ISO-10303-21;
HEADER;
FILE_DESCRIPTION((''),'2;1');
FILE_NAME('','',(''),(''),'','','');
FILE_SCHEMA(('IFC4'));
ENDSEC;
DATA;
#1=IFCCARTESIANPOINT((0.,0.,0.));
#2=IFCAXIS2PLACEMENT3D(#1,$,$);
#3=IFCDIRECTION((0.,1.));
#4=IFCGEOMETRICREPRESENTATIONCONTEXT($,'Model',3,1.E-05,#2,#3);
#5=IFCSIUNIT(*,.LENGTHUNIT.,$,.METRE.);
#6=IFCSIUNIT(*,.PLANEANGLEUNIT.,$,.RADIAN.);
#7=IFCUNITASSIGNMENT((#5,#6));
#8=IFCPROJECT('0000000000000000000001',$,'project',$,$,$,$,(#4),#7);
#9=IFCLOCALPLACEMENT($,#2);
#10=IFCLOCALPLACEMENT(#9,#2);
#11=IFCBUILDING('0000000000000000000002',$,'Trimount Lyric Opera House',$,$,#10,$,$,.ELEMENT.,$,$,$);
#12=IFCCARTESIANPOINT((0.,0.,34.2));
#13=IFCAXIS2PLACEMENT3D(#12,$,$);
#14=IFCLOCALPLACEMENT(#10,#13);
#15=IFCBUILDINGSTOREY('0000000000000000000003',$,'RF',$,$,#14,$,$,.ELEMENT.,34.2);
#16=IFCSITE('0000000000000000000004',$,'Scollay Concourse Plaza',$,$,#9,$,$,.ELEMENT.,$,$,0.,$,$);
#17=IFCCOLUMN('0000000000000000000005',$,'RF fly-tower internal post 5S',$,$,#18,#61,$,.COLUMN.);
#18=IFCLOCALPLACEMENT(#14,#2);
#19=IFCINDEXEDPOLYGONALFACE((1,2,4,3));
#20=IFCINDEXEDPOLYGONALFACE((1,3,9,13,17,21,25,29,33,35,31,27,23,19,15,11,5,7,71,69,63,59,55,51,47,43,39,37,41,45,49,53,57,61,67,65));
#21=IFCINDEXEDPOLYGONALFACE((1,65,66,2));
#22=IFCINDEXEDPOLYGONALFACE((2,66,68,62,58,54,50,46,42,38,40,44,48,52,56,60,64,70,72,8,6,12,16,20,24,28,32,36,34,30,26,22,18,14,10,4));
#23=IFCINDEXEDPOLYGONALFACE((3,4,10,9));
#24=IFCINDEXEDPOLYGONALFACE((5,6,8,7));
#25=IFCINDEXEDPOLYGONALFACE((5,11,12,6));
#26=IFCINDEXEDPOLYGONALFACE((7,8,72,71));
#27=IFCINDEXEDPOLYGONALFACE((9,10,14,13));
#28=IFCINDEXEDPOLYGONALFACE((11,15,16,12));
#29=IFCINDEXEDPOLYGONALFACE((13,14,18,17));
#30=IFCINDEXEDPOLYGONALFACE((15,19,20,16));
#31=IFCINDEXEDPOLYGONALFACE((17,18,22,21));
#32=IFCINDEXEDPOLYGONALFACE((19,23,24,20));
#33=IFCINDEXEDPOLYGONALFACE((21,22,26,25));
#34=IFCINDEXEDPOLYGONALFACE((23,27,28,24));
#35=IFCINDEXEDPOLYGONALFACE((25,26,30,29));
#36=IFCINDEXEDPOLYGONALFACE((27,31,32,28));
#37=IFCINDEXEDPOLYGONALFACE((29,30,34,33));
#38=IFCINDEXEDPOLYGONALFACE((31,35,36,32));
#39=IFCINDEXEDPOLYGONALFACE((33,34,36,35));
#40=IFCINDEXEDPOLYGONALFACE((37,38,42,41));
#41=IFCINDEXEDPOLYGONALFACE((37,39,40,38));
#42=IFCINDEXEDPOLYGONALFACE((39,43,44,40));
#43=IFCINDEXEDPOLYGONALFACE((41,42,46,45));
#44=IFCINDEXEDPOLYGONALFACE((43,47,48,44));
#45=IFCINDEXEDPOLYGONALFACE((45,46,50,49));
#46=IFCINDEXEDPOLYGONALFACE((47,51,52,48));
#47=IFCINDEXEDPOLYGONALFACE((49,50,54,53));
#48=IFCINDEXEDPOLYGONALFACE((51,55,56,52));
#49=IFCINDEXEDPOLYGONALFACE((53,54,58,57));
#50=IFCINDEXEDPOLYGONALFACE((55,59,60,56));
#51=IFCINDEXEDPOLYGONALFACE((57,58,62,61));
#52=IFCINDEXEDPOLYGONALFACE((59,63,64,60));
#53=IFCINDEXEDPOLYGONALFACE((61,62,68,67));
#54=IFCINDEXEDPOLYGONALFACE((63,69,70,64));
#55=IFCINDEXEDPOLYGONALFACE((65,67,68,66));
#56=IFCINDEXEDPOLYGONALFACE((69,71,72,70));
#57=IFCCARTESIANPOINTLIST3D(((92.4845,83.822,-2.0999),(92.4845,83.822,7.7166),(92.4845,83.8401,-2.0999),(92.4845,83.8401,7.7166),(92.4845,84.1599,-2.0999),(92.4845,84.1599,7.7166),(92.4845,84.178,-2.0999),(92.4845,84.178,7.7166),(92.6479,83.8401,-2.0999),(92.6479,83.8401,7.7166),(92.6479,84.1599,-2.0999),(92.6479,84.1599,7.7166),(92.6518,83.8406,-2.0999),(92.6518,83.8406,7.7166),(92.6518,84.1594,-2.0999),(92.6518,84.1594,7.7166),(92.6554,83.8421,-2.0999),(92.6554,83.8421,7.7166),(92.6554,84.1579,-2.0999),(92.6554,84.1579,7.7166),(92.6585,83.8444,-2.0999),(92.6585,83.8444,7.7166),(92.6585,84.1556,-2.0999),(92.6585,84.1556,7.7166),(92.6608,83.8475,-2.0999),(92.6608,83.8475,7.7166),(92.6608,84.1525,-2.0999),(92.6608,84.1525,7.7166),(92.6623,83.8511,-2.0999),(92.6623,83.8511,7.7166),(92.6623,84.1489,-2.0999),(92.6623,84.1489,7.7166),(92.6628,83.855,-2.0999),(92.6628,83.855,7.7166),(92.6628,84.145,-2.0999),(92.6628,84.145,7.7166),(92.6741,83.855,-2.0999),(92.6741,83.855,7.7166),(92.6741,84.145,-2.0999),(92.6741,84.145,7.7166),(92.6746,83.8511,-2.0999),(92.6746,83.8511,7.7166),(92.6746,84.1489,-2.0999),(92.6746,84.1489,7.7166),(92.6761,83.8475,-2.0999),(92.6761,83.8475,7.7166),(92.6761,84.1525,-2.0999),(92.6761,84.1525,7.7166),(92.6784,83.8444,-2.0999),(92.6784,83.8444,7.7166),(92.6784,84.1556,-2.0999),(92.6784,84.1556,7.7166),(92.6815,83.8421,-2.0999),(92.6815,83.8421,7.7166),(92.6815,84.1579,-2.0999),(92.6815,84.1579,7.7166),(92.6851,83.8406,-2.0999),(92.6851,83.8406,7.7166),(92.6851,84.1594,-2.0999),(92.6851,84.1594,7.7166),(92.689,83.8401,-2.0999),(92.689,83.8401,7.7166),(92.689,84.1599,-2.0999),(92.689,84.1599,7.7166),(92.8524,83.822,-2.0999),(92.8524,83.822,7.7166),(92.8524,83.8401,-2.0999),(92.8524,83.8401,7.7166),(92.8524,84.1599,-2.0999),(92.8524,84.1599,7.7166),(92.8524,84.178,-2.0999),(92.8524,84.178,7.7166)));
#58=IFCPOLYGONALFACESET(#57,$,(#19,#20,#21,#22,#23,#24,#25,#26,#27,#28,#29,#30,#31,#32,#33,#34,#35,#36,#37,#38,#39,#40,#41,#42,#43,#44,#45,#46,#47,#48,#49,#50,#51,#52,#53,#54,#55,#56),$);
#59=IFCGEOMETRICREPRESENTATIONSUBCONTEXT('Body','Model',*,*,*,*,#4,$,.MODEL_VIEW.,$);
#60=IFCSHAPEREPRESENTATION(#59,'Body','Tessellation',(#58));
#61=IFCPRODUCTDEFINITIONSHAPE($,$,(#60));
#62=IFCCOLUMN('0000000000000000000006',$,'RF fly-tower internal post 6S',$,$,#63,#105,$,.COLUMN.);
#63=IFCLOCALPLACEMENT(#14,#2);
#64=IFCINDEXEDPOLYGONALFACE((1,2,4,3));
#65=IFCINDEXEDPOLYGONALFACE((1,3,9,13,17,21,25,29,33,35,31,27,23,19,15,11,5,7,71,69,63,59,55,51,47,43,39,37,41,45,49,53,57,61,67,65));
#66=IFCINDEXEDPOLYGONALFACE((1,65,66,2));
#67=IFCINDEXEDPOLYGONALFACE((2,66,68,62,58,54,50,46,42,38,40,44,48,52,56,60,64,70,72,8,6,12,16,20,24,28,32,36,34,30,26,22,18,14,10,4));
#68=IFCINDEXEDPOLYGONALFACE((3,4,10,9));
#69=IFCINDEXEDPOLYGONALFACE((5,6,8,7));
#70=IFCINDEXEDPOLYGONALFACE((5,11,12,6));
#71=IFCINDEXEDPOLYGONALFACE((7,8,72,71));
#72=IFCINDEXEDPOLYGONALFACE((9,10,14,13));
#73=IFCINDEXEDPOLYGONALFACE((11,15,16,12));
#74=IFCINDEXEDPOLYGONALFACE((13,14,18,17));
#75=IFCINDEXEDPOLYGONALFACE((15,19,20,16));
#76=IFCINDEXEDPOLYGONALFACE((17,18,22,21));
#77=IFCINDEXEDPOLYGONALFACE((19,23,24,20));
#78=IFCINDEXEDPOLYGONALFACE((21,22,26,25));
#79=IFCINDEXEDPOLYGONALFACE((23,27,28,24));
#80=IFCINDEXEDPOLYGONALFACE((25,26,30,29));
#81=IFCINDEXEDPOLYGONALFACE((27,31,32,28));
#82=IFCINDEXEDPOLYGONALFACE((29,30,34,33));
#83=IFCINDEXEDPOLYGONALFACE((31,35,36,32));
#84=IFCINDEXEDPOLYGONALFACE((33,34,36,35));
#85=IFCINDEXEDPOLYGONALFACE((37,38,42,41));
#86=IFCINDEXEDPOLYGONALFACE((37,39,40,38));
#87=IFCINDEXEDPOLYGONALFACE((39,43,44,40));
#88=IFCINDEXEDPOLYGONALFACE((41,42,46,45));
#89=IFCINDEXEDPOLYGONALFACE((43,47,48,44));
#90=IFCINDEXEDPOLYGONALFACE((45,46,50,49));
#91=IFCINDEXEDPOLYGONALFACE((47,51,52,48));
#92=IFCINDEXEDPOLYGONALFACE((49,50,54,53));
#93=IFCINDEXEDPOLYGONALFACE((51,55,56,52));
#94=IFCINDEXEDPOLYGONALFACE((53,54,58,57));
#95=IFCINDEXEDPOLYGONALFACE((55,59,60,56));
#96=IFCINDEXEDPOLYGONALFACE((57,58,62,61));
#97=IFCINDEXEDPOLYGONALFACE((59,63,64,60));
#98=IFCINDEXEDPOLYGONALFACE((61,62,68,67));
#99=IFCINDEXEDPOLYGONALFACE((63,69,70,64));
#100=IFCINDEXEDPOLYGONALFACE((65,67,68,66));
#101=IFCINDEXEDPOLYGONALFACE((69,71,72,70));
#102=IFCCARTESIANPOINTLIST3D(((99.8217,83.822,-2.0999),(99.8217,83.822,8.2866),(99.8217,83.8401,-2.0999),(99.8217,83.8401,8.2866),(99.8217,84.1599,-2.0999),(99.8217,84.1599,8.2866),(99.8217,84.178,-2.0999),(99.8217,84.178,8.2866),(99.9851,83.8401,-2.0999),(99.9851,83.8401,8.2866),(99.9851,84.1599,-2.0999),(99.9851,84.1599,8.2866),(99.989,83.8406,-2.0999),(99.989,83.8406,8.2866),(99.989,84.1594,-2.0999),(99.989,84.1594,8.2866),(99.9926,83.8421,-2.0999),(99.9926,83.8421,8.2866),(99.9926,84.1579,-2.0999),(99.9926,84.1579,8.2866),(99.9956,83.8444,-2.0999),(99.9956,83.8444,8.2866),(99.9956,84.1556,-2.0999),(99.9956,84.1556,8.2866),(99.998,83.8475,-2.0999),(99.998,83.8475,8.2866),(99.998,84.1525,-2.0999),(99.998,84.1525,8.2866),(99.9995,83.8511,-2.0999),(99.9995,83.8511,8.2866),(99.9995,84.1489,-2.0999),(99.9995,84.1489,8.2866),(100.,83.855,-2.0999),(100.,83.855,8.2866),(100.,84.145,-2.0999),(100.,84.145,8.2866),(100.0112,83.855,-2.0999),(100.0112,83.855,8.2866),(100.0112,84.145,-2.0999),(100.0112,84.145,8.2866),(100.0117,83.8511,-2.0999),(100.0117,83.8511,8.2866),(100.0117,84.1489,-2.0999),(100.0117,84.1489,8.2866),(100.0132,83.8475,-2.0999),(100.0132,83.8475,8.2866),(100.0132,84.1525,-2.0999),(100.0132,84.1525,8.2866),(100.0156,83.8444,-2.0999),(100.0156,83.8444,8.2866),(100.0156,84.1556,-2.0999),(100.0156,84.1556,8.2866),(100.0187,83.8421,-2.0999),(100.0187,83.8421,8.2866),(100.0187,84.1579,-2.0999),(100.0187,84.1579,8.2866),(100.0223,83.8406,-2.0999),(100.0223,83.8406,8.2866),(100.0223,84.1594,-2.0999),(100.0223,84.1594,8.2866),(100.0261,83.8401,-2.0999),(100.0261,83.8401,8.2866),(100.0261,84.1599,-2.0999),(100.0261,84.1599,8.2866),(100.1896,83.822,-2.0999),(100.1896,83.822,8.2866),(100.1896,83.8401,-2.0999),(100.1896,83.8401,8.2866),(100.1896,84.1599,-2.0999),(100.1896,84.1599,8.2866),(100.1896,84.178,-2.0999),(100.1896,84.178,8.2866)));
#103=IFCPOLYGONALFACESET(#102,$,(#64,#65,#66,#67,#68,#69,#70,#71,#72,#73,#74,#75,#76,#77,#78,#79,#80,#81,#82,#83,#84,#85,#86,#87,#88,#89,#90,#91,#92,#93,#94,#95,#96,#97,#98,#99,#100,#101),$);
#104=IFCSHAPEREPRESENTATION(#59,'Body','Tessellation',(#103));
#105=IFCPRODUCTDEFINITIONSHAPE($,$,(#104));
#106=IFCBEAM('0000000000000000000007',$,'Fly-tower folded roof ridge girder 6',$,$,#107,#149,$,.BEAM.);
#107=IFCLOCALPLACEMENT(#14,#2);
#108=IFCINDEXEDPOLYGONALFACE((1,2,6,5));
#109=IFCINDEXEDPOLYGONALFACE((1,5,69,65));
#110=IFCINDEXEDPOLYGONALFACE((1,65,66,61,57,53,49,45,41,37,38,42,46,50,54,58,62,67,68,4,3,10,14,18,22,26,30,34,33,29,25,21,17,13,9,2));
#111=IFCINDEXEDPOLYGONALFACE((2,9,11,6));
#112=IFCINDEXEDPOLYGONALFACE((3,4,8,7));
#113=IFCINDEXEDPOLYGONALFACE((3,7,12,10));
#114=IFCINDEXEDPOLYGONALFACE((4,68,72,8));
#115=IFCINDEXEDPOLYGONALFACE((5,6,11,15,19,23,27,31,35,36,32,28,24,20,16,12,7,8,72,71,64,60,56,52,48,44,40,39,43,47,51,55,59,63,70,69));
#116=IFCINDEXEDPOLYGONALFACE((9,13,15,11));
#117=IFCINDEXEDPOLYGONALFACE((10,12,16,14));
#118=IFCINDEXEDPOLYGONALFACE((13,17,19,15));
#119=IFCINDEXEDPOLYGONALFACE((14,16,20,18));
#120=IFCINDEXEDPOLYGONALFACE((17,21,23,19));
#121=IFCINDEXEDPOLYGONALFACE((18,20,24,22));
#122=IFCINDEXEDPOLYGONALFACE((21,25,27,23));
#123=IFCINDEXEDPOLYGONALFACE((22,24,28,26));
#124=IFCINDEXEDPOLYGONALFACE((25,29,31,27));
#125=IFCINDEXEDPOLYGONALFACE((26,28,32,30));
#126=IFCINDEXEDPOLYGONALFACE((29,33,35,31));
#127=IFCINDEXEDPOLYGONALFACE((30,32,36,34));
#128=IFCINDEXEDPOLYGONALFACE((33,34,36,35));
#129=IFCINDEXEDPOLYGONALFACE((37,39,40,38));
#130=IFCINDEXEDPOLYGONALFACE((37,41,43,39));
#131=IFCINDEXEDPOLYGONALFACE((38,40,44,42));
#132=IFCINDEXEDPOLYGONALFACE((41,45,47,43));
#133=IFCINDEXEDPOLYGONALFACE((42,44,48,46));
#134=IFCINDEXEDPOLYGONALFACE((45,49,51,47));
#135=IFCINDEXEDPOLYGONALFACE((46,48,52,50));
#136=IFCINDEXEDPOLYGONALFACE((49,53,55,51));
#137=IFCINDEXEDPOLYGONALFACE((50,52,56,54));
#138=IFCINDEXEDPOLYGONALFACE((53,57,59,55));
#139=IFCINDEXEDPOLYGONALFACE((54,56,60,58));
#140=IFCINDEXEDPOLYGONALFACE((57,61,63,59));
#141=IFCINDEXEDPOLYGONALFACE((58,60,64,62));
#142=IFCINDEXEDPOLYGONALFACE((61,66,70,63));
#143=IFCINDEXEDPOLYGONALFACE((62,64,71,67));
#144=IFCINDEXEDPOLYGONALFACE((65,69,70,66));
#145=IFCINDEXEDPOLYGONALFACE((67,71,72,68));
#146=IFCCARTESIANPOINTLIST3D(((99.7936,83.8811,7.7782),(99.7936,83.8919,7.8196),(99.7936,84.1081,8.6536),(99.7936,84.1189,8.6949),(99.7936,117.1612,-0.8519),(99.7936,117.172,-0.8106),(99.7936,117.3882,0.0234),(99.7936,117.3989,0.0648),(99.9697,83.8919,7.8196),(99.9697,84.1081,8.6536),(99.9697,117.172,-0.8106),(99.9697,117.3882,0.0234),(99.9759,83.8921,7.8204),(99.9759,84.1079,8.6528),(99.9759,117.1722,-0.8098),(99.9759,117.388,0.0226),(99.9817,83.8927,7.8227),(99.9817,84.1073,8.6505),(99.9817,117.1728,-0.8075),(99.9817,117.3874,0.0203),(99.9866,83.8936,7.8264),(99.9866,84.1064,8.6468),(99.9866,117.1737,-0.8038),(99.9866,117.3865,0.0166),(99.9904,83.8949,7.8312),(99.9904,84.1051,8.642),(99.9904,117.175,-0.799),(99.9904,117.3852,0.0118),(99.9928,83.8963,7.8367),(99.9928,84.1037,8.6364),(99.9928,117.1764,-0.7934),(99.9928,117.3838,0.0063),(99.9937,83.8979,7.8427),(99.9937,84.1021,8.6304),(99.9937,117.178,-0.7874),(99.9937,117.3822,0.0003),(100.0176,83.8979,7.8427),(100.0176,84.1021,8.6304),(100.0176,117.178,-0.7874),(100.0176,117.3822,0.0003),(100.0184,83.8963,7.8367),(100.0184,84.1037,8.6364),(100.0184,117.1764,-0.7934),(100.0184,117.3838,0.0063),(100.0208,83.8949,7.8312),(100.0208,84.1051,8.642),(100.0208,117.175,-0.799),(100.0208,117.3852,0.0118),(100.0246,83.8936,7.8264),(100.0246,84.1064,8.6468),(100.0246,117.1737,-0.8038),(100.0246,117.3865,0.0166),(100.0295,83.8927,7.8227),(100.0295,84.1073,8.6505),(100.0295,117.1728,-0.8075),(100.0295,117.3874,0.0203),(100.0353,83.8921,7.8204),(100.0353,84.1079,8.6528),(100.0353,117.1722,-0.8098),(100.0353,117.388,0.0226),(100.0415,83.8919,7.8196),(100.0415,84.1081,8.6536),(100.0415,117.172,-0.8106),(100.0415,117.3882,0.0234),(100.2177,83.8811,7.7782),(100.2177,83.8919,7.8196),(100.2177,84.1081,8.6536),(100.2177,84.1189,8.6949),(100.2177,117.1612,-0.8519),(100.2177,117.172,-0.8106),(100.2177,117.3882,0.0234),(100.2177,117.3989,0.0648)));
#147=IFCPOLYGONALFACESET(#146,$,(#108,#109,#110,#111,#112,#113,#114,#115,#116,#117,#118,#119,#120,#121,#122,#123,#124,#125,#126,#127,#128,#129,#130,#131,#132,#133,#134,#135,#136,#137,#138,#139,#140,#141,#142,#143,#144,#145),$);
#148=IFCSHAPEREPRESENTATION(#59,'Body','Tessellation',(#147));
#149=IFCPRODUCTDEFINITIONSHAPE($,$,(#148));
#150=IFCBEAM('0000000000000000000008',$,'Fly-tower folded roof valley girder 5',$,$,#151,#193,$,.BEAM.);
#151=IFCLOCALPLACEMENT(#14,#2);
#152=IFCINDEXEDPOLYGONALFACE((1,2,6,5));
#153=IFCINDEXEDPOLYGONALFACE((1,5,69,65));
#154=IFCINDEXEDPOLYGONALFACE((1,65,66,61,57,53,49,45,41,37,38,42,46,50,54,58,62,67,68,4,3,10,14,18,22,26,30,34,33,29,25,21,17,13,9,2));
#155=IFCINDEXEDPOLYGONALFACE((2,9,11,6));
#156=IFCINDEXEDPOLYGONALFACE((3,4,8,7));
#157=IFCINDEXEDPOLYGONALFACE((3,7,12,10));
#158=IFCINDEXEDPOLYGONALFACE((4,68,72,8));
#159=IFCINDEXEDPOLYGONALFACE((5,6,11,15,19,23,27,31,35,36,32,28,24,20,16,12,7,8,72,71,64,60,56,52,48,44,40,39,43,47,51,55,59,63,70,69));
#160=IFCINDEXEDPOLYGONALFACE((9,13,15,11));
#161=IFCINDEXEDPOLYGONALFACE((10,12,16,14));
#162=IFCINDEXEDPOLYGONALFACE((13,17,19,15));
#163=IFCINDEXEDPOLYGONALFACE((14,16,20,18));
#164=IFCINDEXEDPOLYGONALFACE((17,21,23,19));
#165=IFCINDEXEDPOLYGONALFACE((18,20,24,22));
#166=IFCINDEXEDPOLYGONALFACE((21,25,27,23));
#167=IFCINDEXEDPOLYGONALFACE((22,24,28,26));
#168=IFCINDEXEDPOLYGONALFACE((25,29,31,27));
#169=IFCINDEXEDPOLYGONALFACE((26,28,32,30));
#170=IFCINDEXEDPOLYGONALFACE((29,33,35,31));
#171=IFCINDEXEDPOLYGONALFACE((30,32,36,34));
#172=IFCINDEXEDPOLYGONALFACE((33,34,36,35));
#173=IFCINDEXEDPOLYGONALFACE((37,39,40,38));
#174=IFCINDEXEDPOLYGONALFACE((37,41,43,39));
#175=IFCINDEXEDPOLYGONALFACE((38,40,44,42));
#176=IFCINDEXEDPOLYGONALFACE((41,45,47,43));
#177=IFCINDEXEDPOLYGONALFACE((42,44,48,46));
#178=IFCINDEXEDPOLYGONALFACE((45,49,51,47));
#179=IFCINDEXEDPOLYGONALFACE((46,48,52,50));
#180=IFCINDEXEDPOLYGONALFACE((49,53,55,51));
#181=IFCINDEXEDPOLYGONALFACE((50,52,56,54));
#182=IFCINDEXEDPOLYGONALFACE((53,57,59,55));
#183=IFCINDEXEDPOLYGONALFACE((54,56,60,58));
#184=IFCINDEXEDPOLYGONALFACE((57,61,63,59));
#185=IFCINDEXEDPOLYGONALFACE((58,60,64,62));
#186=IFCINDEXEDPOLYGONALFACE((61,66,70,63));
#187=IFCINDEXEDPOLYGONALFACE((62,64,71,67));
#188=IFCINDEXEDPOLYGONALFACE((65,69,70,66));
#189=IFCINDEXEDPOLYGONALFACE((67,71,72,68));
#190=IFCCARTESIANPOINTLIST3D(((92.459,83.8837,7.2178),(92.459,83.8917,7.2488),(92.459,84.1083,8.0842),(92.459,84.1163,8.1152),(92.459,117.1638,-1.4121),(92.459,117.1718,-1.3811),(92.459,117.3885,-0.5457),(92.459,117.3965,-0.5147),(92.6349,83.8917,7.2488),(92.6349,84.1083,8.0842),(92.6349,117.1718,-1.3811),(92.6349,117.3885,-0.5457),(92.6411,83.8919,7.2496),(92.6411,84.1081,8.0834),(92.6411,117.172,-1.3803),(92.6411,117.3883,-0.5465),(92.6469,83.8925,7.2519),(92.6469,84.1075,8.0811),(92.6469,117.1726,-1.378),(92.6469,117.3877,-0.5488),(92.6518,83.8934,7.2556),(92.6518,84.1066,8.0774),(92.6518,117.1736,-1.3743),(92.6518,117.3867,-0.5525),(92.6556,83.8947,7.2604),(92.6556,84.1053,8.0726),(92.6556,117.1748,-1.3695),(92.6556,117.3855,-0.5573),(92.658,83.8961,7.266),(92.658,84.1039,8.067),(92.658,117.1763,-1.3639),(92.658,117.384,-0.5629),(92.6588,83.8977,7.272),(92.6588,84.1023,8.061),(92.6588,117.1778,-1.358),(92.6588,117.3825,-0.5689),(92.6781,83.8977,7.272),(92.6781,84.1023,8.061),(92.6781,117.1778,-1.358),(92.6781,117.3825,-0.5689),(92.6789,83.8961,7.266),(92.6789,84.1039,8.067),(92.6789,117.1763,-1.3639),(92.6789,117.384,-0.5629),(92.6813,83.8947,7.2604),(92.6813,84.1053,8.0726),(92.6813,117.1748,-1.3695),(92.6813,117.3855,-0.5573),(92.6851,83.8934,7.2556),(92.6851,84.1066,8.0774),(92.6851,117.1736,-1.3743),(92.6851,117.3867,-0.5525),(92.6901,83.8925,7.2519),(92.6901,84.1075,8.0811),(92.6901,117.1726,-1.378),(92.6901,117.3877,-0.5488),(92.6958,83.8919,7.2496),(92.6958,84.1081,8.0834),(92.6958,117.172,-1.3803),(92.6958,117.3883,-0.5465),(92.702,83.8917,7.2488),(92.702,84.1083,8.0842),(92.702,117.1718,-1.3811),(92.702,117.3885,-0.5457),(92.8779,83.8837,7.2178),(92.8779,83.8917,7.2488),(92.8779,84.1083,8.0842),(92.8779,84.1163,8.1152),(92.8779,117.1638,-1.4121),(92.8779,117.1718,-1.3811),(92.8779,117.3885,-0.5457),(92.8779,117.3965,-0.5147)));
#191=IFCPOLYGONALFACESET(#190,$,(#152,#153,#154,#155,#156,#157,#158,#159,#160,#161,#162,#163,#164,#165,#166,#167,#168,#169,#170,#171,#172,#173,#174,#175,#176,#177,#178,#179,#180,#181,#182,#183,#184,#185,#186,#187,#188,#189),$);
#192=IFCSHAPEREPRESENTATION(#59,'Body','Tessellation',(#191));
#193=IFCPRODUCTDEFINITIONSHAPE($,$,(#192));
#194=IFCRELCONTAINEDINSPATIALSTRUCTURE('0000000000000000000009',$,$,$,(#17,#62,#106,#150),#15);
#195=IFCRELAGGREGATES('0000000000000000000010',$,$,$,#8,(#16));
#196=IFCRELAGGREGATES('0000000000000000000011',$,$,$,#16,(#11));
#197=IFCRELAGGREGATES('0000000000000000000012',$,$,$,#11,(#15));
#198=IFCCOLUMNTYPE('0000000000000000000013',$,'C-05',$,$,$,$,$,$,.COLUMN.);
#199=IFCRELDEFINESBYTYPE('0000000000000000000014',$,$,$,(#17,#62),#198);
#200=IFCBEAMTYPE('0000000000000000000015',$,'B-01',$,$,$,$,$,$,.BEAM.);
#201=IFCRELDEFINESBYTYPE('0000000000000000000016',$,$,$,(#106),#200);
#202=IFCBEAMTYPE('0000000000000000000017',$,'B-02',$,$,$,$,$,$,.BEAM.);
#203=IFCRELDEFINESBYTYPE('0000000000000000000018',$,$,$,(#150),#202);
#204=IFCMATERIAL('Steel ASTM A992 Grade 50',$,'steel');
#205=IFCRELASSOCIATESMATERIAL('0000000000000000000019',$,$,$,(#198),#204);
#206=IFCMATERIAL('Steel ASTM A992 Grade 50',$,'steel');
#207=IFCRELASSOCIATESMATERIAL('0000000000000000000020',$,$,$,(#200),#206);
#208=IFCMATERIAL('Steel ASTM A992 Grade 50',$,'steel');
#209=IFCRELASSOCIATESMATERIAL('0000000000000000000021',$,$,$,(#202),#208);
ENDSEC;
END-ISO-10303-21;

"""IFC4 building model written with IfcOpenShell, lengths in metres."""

from ifc_helpers import new_model, si_unit, direction, frame, origin, origin_2d, place, context, subcontext, project, spatial, i_section, extrude, material, material_profile, profile_set, type_object, element, save


model = new_model("IFC4")

# Units and contexts
model_context = context("Model", 3, precision=1e-05, world=origin(), true_north=direction((0.0, 1.0)))
body_context = subcontext(model_context, "Body", "Model", "MODEL_VIEW")
ifc_project = project(units=[si_unit("LENGTHUNIT", "METRE"), si_unit("PLANEANGLEUNIT", "RADIAN")], contexts=[model_context])

# Site, building, storey
site_placement = place(None, origin())
site = spatial("IfcSite", under=ifc_project, at=site_placement, Name="Scollay Concourse Plaza", CompositionType="ELEMENT", RefElevation=0.0)
building_placement = place(site_placement, origin())
building = spatial("IfcBuilding", under=site, at=building_placement, Name="Trimount Lyric Opera House", CompositionType="ELEMENT")
storey_placement = place(building_placement, frame((0.0, 0.0, 34.2)))
storey = spatial("IfcBuildingStorey", under=building, at=storey_placement, Name="RF", CompositionType="ELEMENT", Elevation=34.2)

# Columns
ifc_material_1 = material(Name="Steel ASTM A992 Grade 50", Category="steel")
ifc_material_profile_1 = material_profile(ifc_material_1, i_section(OverallWidth=0.3679, OverallDepth=0.356, WebThickness=0.0112, FlangeThickness=0.0181, FilletRadius=0.0149, at=origin_2d()), Name="W14X90")
ifc_profile_set_1 = profile_set([ifc_material_profile_1], Name="Steel ASTM A992 Grade 50")
column_type = type_object("IfcColumnType", Name="C-05", PredefinedType="COLUMN", material=ifc_profile_set_1)
column_1_placement = place(storey_placement, frame((92.6685, 84.0, -2.0999), z_axis=(0.0, 0.0, 1.0), x_axis=(1.0, 0.0, 0.0)))
element("IfcColumn", 1, at=column_1_placement, inside=storey, type_object=column_type, Name="RF fly-tower internal post 5S", PredefinedType="COLUMN", context=body_context, shape_type="SweptSolid", body=[
    extrude(i_section(OverallWidth=0.3679, OverallDepth=0.356, WebThickness=0.0112, FlangeThickness=0.0181, FilletRadius=0.0149, at=origin_2d()), origin(), (0.0, 0.0, 1.0), 9.8164),
])
column_2_placement = place(storey_placement, frame((100.0056, 84.0, -2.0999), z_axis=(0.0, 0.0, 1.0), x_axis=(1.0, 0.0, 0.0)))
element("IfcColumn", 2, at=column_2_placement, inside=storey, type_object=column_type, Name="RF fly-tower internal post 6S", PredefinedType="COLUMN", context=body_context, shape_type="SweptSolid", body=[
    extrude(i_section(OverallWidth=0.3679, OverallDepth=0.356, WebThickness=0.0112, FlangeThickness=0.0181, FilletRadius=0.0149, at=origin_2d()), origin(), (0.0, 0.0, 1.0), 10.3865),
])

# Beams
ifc_material_2 = material(Name="Steel ASTM A992 Grade 50", Category="steel")
ifc_material_profile_2 = material_profile(ifc_material_2, i_section(OverallWidth=0.4241, OverallDepth=0.947, WebThickness=0.0239, FlangeThickness=0.0427, FilletRadius=0.0239, at=origin_2d()), Name="W36X302")
ifc_profile_set_2 = profile_set([ifc_material_profile_2], Name="Steel ASTM A992 Grade 50")
beam_type_1 = type_object("IfcBeamType", Name="B-01", PredefinedType="BEAM", material=ifc_profile_set_2)
beam_1_placement = place(storey_placement, frame((100.0056, 84.0, 8.2366), z_axis=(0.0, 0.967983, -0.251016), x_axis=(-1.0, 0.0, 0.0)))
element("IfcBeam", 3, at=beam_1_placement, inside=storey, type_object=beam_type_1, Name="Fly-tower folded roof ridge girder 6", PredefinedType="BEAM", context=body_context, shape_type="SweptSolid", body=[
    extrude(i_section(OverallWidth=0.4241, OverallDepth=0.947, WebThickness=0.0239, FlangeThickness=0.0427, FilletRadius=0.0239, at=origin_2d()), origin(), (0.0, 0.0, 1.0), 34.3809),
])
ifc_material_3 = material(Name="Steel ASTM A992 Grade 50", Category="steel")
ifc_material_profile_3 = material_profile(ifc_material_3, i_section(OverallWidth=0.4189, OverallDepth=0.927, WebThickness=0.0193, FlangeThickness=0.032, FilletRadius=0.0239, at=origin_2d()), Name="W36X231")
ifc_profile_set_3 = profile_set([ifc_material_profile_3], Name="Steel ASTM A992 Grade 50")
beam_type_2 = type_object("IfcBeamType", Name="B-02", PredefinedType="BEAM", material=ifc_profile_set_3)
beam_2_placement = place(storey_placement, frame((92.6685, 84.0, 7.6665), z_axis=(0.0, 0.967985, -0.251009), x_axis=(-1.0, 0.0, 0.0)))
element("IfcBeam", 4, at=beam_2_placement, inside=storey, type_object=beam_type_2, Name="Fly-tower folded roof valley girder 5", PredefinedType="BEAM", context=body_context, shape_type="SweptSolid", body=[
    extrude(i_section(OverallWidth=0.4189, OverallDepth=0.927, WebThickness=0.0193, FlangeThickness=0.032, FilletRadius=0.0239, at=origin_2d()), origin(), (0.0, 0.0, 1.0), 34.3809),
])

save(model, "model.ifc")
